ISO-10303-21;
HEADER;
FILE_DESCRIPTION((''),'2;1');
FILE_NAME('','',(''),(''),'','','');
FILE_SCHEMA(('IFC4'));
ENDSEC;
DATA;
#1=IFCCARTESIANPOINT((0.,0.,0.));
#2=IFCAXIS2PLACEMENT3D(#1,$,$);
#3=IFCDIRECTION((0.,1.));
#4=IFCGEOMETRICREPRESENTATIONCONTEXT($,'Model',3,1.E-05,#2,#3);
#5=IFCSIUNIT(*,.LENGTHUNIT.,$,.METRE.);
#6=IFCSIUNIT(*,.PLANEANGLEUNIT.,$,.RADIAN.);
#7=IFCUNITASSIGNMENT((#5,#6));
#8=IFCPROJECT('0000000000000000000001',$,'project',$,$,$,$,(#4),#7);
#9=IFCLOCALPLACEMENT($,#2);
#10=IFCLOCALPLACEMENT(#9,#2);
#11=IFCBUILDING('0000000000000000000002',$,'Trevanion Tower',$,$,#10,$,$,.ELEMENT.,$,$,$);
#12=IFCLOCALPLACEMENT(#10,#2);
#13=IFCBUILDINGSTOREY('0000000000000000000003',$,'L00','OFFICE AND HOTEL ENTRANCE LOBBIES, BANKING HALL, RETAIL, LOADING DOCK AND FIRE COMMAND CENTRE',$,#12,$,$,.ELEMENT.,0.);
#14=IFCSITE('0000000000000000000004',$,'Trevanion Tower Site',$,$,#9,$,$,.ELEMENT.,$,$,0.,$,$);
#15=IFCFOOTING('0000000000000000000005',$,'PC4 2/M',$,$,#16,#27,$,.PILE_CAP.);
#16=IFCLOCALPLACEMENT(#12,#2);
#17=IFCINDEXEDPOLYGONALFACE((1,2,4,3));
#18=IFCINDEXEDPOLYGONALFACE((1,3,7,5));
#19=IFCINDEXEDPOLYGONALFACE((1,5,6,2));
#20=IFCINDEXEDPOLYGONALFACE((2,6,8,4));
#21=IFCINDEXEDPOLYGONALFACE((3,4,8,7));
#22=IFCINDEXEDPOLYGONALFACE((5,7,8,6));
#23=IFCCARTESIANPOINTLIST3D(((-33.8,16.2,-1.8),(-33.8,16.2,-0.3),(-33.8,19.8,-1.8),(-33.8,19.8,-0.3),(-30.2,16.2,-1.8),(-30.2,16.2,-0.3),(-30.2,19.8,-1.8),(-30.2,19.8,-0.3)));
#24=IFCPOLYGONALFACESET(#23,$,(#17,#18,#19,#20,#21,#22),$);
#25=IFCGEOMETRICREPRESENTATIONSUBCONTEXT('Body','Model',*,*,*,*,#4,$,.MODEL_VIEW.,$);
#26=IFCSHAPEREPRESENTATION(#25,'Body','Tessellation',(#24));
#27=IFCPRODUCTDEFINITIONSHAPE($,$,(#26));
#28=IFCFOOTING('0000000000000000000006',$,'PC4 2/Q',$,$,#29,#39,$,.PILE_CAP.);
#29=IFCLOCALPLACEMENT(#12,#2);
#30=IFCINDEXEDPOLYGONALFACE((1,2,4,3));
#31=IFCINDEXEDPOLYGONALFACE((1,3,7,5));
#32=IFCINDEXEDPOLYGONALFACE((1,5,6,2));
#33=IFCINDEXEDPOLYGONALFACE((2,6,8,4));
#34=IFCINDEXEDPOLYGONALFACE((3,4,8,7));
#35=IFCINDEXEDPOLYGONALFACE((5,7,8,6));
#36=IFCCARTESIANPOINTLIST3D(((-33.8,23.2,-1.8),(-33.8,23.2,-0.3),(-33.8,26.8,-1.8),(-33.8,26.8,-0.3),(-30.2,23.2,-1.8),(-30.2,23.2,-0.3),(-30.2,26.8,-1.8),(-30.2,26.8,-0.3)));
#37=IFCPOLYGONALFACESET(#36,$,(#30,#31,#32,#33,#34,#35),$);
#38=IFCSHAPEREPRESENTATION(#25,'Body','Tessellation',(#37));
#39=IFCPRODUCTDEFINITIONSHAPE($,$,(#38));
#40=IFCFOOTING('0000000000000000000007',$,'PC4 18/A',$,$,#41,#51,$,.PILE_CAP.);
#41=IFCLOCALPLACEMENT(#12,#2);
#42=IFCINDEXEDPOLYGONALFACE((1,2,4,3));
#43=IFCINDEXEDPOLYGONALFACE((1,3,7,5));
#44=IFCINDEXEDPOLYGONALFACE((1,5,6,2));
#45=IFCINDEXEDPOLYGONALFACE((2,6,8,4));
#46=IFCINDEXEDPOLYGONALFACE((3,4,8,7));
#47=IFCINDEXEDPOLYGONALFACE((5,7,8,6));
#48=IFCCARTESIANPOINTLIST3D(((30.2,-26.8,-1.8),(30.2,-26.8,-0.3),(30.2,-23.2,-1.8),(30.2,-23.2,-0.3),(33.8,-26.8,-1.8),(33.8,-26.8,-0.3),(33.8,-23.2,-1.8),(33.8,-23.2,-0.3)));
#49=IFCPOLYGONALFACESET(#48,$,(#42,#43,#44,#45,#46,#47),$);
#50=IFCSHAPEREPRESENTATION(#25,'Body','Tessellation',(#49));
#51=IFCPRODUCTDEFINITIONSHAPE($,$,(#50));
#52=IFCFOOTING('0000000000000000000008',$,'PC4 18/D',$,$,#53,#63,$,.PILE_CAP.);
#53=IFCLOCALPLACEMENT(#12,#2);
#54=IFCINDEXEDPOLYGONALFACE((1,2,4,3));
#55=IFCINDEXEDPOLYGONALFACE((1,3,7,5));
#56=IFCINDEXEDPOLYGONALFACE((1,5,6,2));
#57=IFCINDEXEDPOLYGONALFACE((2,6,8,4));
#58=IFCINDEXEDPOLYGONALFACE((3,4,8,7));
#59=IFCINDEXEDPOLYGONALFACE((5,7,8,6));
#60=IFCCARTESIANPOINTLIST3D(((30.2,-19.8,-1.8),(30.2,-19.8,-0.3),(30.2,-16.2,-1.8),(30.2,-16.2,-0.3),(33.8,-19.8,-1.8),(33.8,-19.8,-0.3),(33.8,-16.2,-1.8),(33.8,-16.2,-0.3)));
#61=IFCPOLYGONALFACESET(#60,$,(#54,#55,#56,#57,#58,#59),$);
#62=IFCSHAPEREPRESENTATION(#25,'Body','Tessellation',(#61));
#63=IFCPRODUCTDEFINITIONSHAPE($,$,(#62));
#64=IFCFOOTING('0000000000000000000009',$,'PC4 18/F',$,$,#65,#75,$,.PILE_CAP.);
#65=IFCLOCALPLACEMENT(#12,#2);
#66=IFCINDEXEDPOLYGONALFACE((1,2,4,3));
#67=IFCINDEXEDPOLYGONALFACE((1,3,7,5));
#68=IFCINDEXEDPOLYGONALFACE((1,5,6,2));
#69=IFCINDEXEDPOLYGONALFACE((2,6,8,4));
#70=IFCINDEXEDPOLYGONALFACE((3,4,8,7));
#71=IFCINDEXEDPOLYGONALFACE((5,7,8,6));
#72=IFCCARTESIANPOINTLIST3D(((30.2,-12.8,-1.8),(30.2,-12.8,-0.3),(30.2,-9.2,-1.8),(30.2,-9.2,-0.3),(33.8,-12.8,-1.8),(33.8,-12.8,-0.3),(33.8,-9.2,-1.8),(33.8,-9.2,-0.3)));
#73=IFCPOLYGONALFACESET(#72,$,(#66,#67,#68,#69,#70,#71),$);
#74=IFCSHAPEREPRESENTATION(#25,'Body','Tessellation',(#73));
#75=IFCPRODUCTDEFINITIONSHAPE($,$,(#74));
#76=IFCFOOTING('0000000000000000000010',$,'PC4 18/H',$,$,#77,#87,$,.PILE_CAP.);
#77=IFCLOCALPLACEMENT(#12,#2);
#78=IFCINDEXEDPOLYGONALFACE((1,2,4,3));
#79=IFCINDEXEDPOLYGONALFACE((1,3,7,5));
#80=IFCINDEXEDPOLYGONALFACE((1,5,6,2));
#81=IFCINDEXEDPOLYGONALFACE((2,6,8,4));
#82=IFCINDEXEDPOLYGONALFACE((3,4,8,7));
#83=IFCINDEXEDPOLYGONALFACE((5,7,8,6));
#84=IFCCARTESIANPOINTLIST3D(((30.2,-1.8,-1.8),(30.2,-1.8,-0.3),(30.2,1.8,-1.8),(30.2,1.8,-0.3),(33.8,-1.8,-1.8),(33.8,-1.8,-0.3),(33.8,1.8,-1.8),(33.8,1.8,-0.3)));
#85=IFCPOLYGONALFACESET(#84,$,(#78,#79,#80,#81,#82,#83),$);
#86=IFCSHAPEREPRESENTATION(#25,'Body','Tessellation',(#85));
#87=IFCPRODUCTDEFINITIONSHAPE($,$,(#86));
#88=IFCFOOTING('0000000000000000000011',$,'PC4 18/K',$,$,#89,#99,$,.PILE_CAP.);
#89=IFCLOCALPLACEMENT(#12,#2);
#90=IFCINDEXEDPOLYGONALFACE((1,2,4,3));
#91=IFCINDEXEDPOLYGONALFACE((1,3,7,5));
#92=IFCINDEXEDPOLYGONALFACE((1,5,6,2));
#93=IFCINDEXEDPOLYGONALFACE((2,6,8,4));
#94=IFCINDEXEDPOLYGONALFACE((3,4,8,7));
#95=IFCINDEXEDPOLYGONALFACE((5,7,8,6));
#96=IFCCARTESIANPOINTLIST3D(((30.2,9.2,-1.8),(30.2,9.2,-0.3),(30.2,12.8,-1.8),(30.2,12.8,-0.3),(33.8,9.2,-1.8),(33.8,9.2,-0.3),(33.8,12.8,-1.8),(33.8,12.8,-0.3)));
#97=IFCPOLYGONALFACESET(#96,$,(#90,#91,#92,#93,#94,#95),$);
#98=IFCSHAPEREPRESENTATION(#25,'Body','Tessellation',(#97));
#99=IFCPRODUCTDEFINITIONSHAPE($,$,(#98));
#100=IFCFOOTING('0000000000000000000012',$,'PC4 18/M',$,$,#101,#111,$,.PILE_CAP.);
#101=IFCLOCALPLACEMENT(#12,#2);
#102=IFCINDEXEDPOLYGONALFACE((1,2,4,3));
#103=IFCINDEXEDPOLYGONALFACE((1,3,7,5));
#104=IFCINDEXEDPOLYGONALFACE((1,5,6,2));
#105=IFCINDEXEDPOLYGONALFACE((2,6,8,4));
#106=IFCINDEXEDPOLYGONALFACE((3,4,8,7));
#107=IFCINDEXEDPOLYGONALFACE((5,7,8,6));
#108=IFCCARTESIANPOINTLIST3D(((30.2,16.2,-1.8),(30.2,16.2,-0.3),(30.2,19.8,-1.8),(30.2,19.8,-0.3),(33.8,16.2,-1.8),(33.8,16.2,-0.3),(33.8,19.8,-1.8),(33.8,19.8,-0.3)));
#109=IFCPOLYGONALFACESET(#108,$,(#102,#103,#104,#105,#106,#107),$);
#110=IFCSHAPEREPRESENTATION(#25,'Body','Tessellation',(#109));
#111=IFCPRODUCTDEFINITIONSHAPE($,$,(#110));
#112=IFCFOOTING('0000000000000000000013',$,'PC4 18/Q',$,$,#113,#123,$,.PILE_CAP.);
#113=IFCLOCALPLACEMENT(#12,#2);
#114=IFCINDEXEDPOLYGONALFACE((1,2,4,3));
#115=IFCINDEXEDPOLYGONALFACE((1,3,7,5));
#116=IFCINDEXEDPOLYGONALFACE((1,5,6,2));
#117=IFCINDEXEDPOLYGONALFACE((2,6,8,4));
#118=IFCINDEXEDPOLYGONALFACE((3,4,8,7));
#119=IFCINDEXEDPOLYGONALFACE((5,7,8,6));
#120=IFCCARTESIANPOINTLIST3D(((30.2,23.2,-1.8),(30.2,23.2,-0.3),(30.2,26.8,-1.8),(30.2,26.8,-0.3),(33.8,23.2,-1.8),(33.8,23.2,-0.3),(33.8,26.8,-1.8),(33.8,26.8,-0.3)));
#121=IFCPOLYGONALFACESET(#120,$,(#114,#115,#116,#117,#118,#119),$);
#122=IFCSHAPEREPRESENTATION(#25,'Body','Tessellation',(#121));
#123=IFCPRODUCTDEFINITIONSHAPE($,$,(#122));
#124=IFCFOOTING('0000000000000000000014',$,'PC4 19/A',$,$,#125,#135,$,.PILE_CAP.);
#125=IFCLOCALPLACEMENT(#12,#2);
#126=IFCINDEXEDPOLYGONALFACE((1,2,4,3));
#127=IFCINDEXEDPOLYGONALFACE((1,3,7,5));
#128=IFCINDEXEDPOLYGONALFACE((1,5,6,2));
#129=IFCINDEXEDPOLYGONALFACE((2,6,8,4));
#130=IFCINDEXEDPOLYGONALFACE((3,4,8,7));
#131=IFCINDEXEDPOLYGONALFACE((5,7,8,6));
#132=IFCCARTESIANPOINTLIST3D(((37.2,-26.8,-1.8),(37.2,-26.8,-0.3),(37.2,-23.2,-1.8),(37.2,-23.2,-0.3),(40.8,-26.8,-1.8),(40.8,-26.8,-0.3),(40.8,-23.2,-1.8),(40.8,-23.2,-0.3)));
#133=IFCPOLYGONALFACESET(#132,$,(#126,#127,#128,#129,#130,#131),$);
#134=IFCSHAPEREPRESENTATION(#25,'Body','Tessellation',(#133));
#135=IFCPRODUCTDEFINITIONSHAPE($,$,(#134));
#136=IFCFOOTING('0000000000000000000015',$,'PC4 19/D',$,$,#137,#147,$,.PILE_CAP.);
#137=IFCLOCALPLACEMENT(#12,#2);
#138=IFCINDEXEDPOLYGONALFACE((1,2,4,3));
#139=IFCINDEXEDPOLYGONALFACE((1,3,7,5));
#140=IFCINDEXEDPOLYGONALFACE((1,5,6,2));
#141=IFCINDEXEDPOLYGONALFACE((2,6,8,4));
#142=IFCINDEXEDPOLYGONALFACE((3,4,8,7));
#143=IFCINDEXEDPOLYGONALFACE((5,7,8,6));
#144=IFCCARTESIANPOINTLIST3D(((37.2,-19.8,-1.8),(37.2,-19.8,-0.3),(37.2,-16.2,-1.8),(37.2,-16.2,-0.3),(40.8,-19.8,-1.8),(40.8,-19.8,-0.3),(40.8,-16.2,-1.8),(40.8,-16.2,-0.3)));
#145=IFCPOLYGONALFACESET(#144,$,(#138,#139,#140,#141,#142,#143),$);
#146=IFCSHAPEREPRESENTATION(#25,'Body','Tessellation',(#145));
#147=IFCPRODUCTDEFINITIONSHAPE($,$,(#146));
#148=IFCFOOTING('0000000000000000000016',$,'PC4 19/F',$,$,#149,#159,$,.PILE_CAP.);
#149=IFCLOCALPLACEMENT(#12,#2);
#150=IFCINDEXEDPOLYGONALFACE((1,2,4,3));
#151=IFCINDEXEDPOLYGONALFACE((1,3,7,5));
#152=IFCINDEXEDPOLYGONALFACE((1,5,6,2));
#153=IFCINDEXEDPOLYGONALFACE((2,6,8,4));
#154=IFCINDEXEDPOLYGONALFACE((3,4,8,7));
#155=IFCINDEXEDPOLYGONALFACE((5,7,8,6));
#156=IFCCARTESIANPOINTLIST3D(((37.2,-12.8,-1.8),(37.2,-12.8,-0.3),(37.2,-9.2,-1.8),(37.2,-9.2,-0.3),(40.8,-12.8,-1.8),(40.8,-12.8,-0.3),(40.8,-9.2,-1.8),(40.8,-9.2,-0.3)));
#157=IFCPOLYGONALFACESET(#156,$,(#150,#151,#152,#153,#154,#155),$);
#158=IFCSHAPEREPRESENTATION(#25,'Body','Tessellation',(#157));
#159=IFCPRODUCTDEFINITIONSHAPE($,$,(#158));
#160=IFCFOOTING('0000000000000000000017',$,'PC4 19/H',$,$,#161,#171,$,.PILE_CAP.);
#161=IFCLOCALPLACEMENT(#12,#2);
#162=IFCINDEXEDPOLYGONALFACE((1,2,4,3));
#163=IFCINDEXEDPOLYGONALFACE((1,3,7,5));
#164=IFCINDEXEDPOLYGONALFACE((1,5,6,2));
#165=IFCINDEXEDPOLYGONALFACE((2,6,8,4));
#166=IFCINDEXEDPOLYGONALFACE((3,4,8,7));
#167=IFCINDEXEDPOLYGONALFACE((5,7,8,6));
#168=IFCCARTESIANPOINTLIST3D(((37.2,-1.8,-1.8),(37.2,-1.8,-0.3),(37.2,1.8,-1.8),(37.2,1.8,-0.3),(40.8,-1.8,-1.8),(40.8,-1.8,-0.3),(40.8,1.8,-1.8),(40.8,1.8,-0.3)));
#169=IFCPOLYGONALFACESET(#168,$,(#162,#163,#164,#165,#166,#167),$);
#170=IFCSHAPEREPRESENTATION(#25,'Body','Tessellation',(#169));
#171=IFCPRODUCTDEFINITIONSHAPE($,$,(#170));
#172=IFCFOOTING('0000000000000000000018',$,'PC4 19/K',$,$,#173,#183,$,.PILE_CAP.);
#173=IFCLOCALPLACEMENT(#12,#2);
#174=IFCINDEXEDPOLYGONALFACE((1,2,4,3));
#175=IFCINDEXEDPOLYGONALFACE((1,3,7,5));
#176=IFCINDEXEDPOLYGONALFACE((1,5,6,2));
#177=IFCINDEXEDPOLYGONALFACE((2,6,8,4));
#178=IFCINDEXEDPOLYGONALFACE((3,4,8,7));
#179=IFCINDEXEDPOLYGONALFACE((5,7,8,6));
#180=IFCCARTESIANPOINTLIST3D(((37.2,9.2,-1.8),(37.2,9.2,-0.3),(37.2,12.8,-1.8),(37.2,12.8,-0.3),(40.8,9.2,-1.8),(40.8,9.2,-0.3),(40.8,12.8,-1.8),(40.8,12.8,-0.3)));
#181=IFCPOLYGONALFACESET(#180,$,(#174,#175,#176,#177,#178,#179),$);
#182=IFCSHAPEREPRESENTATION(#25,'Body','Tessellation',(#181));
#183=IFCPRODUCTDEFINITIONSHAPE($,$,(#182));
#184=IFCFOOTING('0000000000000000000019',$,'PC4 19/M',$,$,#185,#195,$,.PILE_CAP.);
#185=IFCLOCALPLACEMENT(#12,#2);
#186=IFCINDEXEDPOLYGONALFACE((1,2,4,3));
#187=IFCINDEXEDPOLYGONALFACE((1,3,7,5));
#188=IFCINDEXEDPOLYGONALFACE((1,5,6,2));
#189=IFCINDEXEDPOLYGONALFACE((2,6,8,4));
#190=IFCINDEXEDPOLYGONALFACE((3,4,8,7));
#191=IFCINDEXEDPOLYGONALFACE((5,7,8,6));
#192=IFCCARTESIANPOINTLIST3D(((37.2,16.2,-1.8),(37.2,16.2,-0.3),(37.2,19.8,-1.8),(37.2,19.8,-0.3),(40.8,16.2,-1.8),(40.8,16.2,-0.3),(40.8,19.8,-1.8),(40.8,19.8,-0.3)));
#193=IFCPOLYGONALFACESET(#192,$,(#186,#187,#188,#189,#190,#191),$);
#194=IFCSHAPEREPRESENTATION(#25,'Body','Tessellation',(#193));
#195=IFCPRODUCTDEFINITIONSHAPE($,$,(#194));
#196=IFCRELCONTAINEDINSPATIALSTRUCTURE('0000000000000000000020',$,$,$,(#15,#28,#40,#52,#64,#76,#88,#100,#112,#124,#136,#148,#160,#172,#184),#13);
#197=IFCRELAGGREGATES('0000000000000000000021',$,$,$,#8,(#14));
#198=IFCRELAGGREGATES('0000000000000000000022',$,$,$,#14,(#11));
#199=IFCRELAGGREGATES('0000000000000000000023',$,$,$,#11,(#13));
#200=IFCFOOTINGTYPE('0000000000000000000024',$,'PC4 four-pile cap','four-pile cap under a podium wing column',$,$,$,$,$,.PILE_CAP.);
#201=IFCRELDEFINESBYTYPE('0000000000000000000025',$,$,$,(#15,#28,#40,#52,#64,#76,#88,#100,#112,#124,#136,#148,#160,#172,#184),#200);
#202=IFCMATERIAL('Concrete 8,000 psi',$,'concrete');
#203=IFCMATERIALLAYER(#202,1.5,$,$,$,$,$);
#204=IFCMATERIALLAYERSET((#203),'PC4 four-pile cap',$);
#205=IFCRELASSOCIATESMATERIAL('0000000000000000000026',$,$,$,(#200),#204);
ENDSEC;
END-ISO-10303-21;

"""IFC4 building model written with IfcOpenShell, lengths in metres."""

from ifc_helpers import new_model, si_unit, direction, frame, origin, place, context, subcontext, project, spatial, polyline, outline, extrude, material, layer, layer_set, type_object, element, save


model = new_model("IFC4")

# Units and contexts
model_context = context("Model", 3, precision=1e-05, world=origin(), true_north=direction((0.0, 1.0)))
body_context = subcontext(model_context, "Body", "Model", "MODEL_VIEW")
ifc_project = project(units=[si_unit("LENGTHUNIT", "METRE"), si_unit("PLANEANGLEUNIT", "RADIAN")], contexts=[model_context])

# Site, building, storey
site_placement = place(None, origin())
site = spatial("IfcSite", under=ifc_project, at=site_placement, Name="Trevanion Tower Site", CompositionType="ELEMENT", RefElevation=0.0)
building_placement = place(site_placement, origin())
building = spatial("IfcBuilding", under=site, at=building_placement, Name="Trevanion Tower", CompositionType="ELEMENT")
storey_placement = place(building_placement, origin())
storey = spatial("IfcBuildingStorey", under=building, at=storey_placement, Name="L00", Description="OFFICE AND HOTEL ENTRANCE LOBBIES, BANKING HALL, RETAIL, LOADING DOCK AND FIRE COMMAND CENTRE", CompositionType="ELEMENT", Elevation=0.0)

# Footings
ifc_material_1 = material(Name="Concrete 8,000 psi", Category="concrete")
ifc_layer_1 = layer(ifc_material_1, 1.5)
ifc_layer_set_1 = layer_set([ifc_layer_1], Name="PC4 four-pile cap")
footing_type_1 = type_object("IfcFootingType", Name="PC4 four-pile cap", Description="four-pile cap under a podium wing column", PredefinedType="PILE_CAP", material=ifc_layer_set_1)
footing_1_placement = place(storey_placement, frame((0.0, 0.0, -1.8)))
element("IfcFooting", 1, at=footing_1_placement, inside=storey, type_object=footing_type_1, Name="PC4 2/M", PredefinedType="PILE_CAP", context=body_context, shape_type="SweptSolid", body=[
    extrude(outline(polyline([(-30.2, 16.2), (-30.2, 19.8), (-33.8, 19.8), (-33.8, 16.2), (-30.2, 16.2)])), origin(), (0.0, 0.0, 1.0), 1.5),
])
footing_2_placement = place(storey_placement, frame((0.0, 0.0, -1.8)))
element("IfcFooting", 2, at=footing_2_placement, inside=storey, type_object=footing_type_1, Name="PC4 2/Q", PredefinedType="PILE_CAP", context=body_context, shape_type="SweptSolid", body=[
    extrude(outline(polyline([(-30.2, 23.2), (-30.2, 26.8), (-33.8, 26.8), (-33.8, 23.2), (-30.2, 23.2)])), origin(), (0.0, 0.0, 1.0), 1.5),
])
footing_3_placement = place(storey_placement, frame((0.0, 0.0, -1.8)))
element("IfcFooting", 3, at=footing_3_placement, inside=storey, type_object=footing_type_1, Name="PC4 18/A", PredefinedType="PILE_CAP", context=body_context, shape_type="SweptSolid", body=[
    extrude(outline(polyline([(33.8, -26.8), (33.8, -23.2), (30.2, -23.2), (30.2, -26.8), (33.8, -26.8)])), origin(), (0.0, 0.0, 1.0), 1.5),
])
footing_4_placement = place(storey_placement, frame((0.0, 0.0, -1.8)))
element("IfcFooting", 4, at=footing_4_placement, inside=storey, type_object=footing_type_1, Name="PC4 18/D", PredefinedType="PILE_CAP", context=body_context, shape_type="SweptSolid", body=[
    extrude(outline(polyline([(33.8, -19.8), (33.8, -16.2), (30.2, -16.2), (30.2, -19.8), (33.8, -19.8)])), origin(), (0.0, 0.0, 1.0), 1.5),
])
footing_5_placement = place(storey_placement, frame((0.0, 0.0, -1.8)))
element("IfcFooting", 5, at=footing_5_placement, inside=storey, type_object=footing_type_1, Name="PC4 18/F", PredefinedType="PILE_CAP", context=body_context, shape_type="SweptSolid", body=[
    extrude(outline(polyline([(33.8, -12.8), (33.8, -9.2), (30.2, -9.2), (30.2, -12.8), (33.8, -12.8)])), origin(), (0.0, 0.0, 1.0), 1.5),
])
footing_6_placement = place(storey_placement, frame((0.0, 0.0, -1.8)))
element("IfcFooting", 6, at=footing_6_placement, inside=storey, type_object=footing_type_1, Name="PC4 18/H", PredefinedType="PILE_CAP", context=body_context, shape_type="SweptSolid", body=[
    extrude(outline(polyline([(33.8, -1.8), (33.8, 1.8), (30.2, 1.8), (30.2, -1.8), (33.8, -1.8)])), origin(), (0.0, 0.0, 1.0), 1.5),
])
footing_7_placement = place(storey_placement, frame((0.0, 0.0, -1.8)))
element("IfcFooting", 7, at=footing_7_placement, inside=storey, type_object=footing_type_1, Name="PC4 18/K", PredefinedType="PILE_CAP", context=body_context, shape_type="SweptSolid", body=[
    extrude(outline(polyline([(33.8, 9.2), (33.8, 12.8), (30.2, 12.8), (30.2, 9.2), (33.8, 9.2)])), origin(), (0.0, 0.0, 1.0), 1.5),
])
footing_8_placement = place(storey_placement, frame((0.0, 0.0, -1.8)))
element("IfcFooting", 8, at=footing_8_placement, inside=storey, type_object=footing_type_1, Name="PC4 18/M", PredefinedType="PILE_CAP", context=body_context, shape_type="SweptSolid", body=[
    extrude(outline(polyline([(33.8, 16.2), (33.8, 19.8), (30.2, 19.8), (30.2, 16.2), (33.8, 16.2)])), origin(), (0.0, 0.0, 1.0), 1.5),
])
footing_9_placement = place(storey_placement, frame((0.0, 0.0, -1.8)))
element("IfcFooting", 9, at=footing_9_placement, inside=storey, type_object=footing_type_1, Name="PC4 18/Q", PredefinedType="PILE_CAP", context=body_context, shape_type="SweptSolid", body=[
    extrude(outline(polyline([(33.8, 23.2), (33.8, 26.8), (30.2, 26.8), (30.2, 23.2), (33.8, 23.2)])), origin(), (0.0, 0.0, 1.0), 1.5),
])
footing_10_placement = place(storey_placement, frame((0.0, 0.0, -1.8)))
element("IfcFooting", 10, at=footing_10_placement, inside=storey, type_object=footing_type_1, Name="PC4 19/A", PredefinedType="PILE_CAP", context=body_context, shape_type="SweptSolid", body=[
    extrude(outline(polyline([(40.8, -26.8), (40.8, -23.2), (37.2, -23.2), (37.2, -26.8), (40.8, -26.8)])), origin(), (0.0, 0.0, 1.0), 1.5),
])
footing_11_placement = place(storey_placement, frame((0.0, 0.0, -1.8)))
element("IfcFooting", 11, at=footing_11_placement, inside=storey, type_object=footing_type_1, Name="PC4 19/D", PredefinedType="PILE_CAP", context=body_context, shape_type="SweptSolid", body=[
    extrude(outline(polyline([(40.8, -19.8), (40.8, -16.2), (37.2, -16.2), (37.2, -19.8), (40.8, -19.8)])), origin(), (0.0, 0.0, 1.0), 1.5),
])
footing_12_placement = place(storey_placement, frame((0.0, 0.0, -1.8)))
element("IfcFooting", 12, at=footing_12_placement, inside=storey, type_object=footing_type_1, Name="PC4 19/F", PredefinedType="PILE_CAP", context=body_context, shape_type="SweptSolid", body=[
    extrude(outline(polyline([(40.8, -12.8), (40.8, -9.2), (37.2, -9.2), (37.2, -12.8), (40.8, -12.8)])), origin(), (0.0, 0.0, 1.0), 1.5),
])
footing_13_placement = place(storey_placement, frame((0.0, 0.0, -1.8)))
element("IfcFooting", 13, at=footing_13_placement, inside=storey, type_object=footing_type_1, Name="PC4 19/H", PredefinedType="PILE_CAP", context=body_context, shape_type="SweptSolid", body=[
    extrude(outline(polyline([(40.8, -1.8), (40.8, 1.8), (37.2, 1.8), (37.2, -1.8), (40.8, -1.8)])), origin(), (0.0, 0.0, 1.0), 1.5),
])
footing_14_placement = place(storey_placement, frame((0.0, 0.0, -1.8)))
element("IfcFooting", 14, at=footing_14_placement, inside=storey, type_object=footing_type_1, Name="PC4 19/K", PredefinedType="PILE_CAP", context=body_context, shape_type="SweptSolid", body=[
    extrude(outline(polyline([(40.8, 9.2), (40.8, 12.8), (37.2, 12.8), (37.2, 9.2), (40.8, 9.2)])), origin(), (0.0, 0.0, 1.0), 1.5),
])
footing_15_placement = place(storey_placement, frame((0.0, 0.0, -1.8)))
element("IfcFooting", 15, at=footing_15_placement, inside=storey, type_object=footing_type_1, Name="PC4 19/M", PredefinedType="PILE_CAP", context=body_context, shape_type="SweptSolid", body=[
    extrude(outline(polyline([(40.8, 16.2), (40.8, 19.8), (37.2, 19.8), (37.2, 16.2), (40.8, 16.2)])), origin(), (0.0, 0.0, 1.0), 1.5),
])

save(model, "model.ifc")
